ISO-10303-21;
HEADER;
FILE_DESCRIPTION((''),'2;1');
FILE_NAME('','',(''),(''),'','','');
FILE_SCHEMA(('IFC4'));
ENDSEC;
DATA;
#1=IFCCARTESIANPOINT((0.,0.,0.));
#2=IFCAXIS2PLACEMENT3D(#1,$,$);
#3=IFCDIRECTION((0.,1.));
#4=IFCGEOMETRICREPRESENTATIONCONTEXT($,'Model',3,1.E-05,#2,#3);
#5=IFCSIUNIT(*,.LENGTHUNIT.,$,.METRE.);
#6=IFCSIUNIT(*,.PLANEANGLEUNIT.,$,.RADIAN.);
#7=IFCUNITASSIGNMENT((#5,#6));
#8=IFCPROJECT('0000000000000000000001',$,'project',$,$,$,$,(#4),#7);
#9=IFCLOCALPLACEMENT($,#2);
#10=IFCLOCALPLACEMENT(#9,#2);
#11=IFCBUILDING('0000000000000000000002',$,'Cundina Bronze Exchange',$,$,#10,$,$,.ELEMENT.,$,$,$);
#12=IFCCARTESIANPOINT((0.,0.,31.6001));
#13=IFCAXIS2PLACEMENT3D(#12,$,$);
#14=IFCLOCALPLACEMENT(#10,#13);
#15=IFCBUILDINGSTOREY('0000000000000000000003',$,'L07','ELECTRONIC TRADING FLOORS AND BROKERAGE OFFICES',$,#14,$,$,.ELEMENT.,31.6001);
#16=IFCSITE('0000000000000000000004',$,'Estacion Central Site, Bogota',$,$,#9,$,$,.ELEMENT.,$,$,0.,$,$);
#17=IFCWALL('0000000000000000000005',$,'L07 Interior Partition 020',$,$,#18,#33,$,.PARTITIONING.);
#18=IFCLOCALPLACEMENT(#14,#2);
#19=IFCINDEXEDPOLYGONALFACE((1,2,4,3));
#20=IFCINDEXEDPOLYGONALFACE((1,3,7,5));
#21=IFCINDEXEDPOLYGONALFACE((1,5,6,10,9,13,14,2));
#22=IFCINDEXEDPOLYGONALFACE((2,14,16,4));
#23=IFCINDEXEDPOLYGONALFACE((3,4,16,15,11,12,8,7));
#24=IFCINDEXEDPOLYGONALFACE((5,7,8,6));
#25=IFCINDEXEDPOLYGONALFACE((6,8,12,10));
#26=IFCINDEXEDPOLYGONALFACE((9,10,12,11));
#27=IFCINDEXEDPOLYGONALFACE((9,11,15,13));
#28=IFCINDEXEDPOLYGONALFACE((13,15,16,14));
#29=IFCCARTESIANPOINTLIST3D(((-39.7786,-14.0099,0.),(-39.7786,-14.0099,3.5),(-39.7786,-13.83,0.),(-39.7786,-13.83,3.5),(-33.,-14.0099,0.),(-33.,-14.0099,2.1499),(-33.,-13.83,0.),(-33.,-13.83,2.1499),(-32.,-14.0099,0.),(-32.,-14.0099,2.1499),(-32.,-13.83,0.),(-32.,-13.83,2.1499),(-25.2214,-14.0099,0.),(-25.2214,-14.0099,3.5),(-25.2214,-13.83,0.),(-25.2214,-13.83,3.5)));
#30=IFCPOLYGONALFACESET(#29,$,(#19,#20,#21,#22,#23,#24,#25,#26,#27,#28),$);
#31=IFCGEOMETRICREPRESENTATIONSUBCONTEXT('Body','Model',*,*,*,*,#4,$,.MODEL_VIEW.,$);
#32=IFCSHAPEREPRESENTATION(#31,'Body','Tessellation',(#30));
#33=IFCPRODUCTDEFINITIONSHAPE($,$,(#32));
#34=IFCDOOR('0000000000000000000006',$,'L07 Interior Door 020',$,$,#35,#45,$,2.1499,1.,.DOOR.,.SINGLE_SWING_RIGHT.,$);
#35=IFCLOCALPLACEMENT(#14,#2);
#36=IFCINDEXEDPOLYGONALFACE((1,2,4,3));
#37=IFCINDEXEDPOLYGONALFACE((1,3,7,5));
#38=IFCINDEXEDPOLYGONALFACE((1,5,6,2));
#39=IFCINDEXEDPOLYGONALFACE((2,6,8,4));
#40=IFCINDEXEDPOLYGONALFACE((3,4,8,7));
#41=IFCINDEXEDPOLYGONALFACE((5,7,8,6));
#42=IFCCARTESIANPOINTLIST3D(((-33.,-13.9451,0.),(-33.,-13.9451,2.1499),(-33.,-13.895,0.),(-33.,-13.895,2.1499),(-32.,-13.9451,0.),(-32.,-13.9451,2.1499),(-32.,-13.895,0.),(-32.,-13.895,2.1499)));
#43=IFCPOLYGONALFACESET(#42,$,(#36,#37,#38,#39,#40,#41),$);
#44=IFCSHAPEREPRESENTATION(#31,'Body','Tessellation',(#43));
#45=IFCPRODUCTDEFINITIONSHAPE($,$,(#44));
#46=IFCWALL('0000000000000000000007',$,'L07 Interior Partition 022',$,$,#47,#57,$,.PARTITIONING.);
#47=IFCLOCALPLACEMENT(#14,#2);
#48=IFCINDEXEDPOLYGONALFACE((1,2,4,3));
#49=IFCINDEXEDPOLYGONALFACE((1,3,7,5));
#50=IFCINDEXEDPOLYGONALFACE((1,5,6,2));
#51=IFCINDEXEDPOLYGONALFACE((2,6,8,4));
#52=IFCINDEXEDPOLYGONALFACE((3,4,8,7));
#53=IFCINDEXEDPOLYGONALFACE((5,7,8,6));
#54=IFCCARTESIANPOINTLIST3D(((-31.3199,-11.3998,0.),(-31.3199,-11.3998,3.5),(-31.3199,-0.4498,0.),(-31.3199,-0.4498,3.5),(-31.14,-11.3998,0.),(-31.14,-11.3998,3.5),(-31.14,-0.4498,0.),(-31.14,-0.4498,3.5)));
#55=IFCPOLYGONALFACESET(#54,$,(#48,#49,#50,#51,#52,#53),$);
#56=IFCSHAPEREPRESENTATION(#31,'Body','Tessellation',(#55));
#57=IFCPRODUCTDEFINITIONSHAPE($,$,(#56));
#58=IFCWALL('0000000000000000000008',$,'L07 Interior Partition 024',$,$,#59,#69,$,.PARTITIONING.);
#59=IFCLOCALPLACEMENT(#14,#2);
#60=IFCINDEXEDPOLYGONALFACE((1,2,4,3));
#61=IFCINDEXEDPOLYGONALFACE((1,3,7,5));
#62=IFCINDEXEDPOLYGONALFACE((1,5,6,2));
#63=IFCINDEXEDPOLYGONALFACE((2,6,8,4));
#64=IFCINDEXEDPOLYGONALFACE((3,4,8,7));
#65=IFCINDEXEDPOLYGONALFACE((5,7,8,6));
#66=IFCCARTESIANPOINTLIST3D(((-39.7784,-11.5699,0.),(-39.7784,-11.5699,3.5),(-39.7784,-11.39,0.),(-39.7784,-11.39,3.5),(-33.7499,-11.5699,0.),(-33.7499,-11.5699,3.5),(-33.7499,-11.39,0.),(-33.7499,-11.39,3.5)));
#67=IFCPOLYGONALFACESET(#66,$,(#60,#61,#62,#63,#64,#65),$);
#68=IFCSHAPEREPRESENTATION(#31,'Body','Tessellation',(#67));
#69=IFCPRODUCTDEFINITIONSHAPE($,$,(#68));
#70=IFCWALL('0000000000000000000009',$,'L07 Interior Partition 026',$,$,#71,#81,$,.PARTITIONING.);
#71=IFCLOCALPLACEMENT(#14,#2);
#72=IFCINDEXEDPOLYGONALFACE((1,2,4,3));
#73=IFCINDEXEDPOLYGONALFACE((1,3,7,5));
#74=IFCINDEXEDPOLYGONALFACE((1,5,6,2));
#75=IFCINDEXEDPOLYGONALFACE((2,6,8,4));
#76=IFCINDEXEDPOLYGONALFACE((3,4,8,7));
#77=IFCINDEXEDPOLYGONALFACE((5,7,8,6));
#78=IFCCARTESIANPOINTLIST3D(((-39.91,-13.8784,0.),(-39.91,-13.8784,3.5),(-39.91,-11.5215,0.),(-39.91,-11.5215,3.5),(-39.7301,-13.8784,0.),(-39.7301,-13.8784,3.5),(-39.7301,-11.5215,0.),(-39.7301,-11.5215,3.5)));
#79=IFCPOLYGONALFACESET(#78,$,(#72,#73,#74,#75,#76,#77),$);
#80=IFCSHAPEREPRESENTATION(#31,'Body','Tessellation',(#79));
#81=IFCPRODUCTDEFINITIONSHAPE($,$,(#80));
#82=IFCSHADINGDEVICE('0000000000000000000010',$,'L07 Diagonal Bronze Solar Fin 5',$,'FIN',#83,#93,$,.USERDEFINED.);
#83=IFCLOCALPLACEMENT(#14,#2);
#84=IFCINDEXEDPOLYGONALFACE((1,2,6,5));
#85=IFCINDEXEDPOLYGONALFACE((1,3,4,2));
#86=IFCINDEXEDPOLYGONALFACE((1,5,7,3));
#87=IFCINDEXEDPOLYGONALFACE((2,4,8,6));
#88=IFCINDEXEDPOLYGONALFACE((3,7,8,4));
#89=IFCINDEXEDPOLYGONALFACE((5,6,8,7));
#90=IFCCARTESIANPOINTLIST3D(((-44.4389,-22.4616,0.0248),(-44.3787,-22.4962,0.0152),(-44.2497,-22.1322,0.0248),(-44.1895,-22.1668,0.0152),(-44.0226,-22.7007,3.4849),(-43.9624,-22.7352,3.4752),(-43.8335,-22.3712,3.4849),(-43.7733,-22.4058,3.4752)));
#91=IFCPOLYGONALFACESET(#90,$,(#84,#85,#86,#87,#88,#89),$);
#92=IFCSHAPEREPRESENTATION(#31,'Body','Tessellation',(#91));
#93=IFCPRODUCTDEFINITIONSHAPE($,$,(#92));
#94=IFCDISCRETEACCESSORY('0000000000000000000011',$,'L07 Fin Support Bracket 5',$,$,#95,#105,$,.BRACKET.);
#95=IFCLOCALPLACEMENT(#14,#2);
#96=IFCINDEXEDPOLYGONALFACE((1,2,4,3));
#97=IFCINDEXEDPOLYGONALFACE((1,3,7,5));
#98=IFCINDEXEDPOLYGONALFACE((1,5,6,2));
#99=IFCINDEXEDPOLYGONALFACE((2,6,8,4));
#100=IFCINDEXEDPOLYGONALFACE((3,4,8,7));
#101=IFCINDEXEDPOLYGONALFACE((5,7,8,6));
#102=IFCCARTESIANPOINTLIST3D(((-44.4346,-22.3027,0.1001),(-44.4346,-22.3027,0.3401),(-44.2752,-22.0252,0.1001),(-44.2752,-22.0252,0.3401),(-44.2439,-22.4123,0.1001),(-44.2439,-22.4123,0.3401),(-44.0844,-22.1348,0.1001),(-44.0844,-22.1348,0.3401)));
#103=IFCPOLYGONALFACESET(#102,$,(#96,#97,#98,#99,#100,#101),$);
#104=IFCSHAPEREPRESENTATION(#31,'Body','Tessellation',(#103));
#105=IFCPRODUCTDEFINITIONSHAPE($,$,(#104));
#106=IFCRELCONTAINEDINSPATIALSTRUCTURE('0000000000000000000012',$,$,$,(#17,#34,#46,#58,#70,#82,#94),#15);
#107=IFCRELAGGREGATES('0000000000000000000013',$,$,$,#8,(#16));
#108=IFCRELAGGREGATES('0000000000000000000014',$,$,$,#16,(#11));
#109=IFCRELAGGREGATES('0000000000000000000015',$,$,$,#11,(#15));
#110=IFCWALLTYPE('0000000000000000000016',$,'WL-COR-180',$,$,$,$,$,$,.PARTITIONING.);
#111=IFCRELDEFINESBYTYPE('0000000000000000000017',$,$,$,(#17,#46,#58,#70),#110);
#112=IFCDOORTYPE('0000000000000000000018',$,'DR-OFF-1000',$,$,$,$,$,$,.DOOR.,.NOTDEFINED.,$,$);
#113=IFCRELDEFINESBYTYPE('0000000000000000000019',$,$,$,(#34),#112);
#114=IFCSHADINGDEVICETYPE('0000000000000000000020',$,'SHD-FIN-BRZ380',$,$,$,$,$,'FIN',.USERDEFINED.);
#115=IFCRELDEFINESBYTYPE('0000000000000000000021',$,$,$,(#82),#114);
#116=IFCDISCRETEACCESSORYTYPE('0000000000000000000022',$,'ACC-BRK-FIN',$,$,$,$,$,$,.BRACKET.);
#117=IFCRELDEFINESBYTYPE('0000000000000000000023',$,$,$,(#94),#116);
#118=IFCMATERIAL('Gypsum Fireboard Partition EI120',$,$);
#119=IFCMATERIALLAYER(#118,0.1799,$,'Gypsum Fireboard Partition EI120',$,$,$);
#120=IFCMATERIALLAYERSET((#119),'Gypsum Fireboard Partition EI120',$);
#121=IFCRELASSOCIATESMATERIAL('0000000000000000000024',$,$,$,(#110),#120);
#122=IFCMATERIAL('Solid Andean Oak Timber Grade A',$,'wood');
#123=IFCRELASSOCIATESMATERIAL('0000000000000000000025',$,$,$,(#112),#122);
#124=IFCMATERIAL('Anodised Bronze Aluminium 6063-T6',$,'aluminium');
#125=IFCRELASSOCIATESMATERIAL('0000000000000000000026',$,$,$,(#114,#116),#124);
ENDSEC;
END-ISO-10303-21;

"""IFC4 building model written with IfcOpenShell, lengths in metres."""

from ifc_helpers import new_model, si_unit, direction, frame, frame_2d, origin, origin_2d, place, context, subcontext, project, spatial, rectangle, extrude, material, layer, layer_set, material_profile, profile_set, type_object, element, fill, save


model = new_model("IFC4")

# Units and contexts
model_context = context("Model", 3, precision=1e-05, world=origin(), true_north=direction((0.0, 1.0)))
body_context = subcontext(model_context, "Body", "Model", "MODEL_VIEW")
ifc_project = project(units=[si_unit("LENGTHUNIT", "METRE"), si_unit("PLANEANGLEUNIT", "RADIAN")], contexts=[model_context])

# Site, building, storey
site_placement = place(None, origin())
site = spatial("IfcSite", under=ifc_project, at=site_placement, Name="Estacion Central Site, Bogota", CompositionType="ELEMENT", RefElevation=0.0)
building_placement = place(site_placement, origin())
building = spatial("IfcBuilding", under=site, at=building_placement, Name="Cundina Bronze Exchange", CompositionType="ELEMENT")
storey_placement = place(building_placement, frame((0.0, 0.0, 31.6001)))
storey = spatial("IfcBuildingStorey", under=building, at=storey_placement, Name="L07", Description="ELECTRONIC TRADING FLOORS AND BROKERAGE OFFICES", CompositionType="ELEMENT", Elevation=31.6001)

# Shared definitions
ifc_material_1 = material(Name="Anodised Bronze Aluminium 6063-T6", Category="aluminium")

# Wall, opening, door
ifc_material_2 = material(Name="Gypsum Fireboard Partition EI120")
ifc_layer_1 = layer(ifc_material_2, 0.1799, Name="Gypsum Fireboard Partition EI120")
ifc_layer_set_1 = layer_set([ifc_layer_1], Name="Gypsum Fireboard Partition EI120")
wall_type = type_object("IfcWallType", Name="WL-COR-180", PredefinedType="PARTITIONING", material=ifc_layer_set_1)
wall_1_placement = place(storey_placement, frame((-39.7786, -13.9199, 0.0), z_axis=(0.0, 0.0, 1.0), x_axis=(1.0, 0.0, 0.0)))
wall_1 = element("IfcWall", 1, at=wall_1_placement, inside=storey, type_object=wall_type, Name="L07 Interior Partition 020", PredefinedType="PARTITIONING", context=body_context, shape_type="SweptSolid", body=[
    extrude(rectangle(XDim=14.5571, YDim=0.1799, at=frame_2d((7.2786, 0.0))), origin(), (0.0, 0.0, 1.0), 3.5),
])
opening_placement = place(wall_1_placement, frame((6.7786, 0.0, 0.0)))
opening = element("IfcOpeningElement", 2, at=opening_placement, cuts=wall_1, PredefinedType="OPENING", context=body_context, shape_type="SweptSolid", body=[
    extrude(rectangle(XDim=1.0, YDim=2.1499, at=frame_2d((0.5, 1.075))), frame((0.0, 0.0999, 0.0), z_axis=(0.0, -1.0, 0.0), x_axis=(1.0, 0.0, 0.0)), (0.0, 0.0, 1.0), 0.2),
])
ifc_material_3 = material(Name="Solid Andean Oak Timber Grade A", Category="wood")
door_type = type_object("IfcDoorType", Name="DR-OFF-1000", OperationType="NOTDEFINED", PredefinedType="DOOR", material=ifc_material_3)
door_placement = place(opening_placement, origin())
door = element("IfcDoor", 3, at=door_placement, inside=storey, type_object=door_type, Name="L07 Interior Door 020", OperationType="SINGLE_SWING_RIGHT", OverallHeight=2.1499, OverallWidth=1.0, PredefinedType="DOOR", context=body_context, shape_type="SweptSolid", body=[
    extrude(rectangle(XDim=1.0, YDim=2.1499, at=frame_2d((0.5, 1.075))), frame((0.0, 0.0249, 0.0), z_axis=(0.0, -1.0, 0.0), x_axis=(1.0, 0.0, 0.0)), (0.0, 0.0, 1.0), 0.05),
])
fill(opening, door)

# Walls
wall_2_placement = place(storey_placement, frame((-31.23, -11.3999, 0.0), z_axis=(0.0, 0.0, 1.0), x_axis=(0.0, 1.0, 0.0)))
element("IfcWall", 4, at=wall_2_placement, inside=storey, type_object=wall_type, Name="L07 Interior Partition 022", PredefinedType="PARTITIONING", context=body_context, shape_type="SweptSolid", body=[
    extrude(rectangle(XDim=10.95, YDim=0.1799, at=frame_2d((5.4751, 0.0))), origin(), (0.0, 0.0, 1.0), 3.5),
])
wall_3_placement = place(storey_placement, frame((-33.75, -11.48, 0.0), z_axis=(0.0, 0.0, 1.0), x_axis=(-1.0, 0.0, 0.0)))
element("IfcWall", 5, at=wall_3_placement, inside=storey, type_object=wall_type, Name="L07 Interior Partition 024", PredefinedType="PARTITIONING", context=body_context, shape_type="SweptSolid", body=[
    extrude(rectangle(XDim=6.0286, YDim=0.1799, at=frame_2d((3.0142, 0.0))), origin(), (0.0, 0.0, 1.0), 3.5),
])
wall_4_placement = place(storey_placement, frame((-39.8201, -11.5215, 0.0), z_axis=(0.0, 0.0, 1.0), x_axis=(0.0, -1.0, 0.0)))
element("IfcWall", 6, at=wall_4_placement, inside=storey, type_object=wall_type, Name="L07 Interior Partition 026", PredefinedType="PARTITIONING", context=body_context, shape_type="SweptSolid", body=[
    extrude(rectangle(XDim=2.3569, YDim=0.1799, at=frame_2d((1.1785, 0.0))), origin(), (0.0, 0.0, 1.0), 3.5),
])

# Shading device
ifc_material_profile_1 = material_profile(ifc_material_1, rectangle(XDim=0.0701, YDim=0.3799, at=origin_2d()), Name="FIN70X380", Category="aluminium")
ifc_profile_set_1 = profile_set([ifc_material_profile_1], Name="Anodised Bronze Aluminium 6063-T6")
shading_device_type = type_object("IfcShadingDeviceType", Name="SHD-FIN-BRZ380", ElementType="FIN", PredefinedType="USERDEFINED", material=ifc_profile_set_1)
shading_device_placement = place(storey_placement, frame((-44.3142, -22.3142, 0.02), z_axis=(0.119166, -0.068425, 0.990514), x_axis=(-0.858982, 0.493222, 0.137414)))
element("IfcShadingDevice", 7, at=shading_device_placement, inside=storey, type_object=shading_device_type, Name="L07 Diagonal Bronze Solar Fin 5", ObjectType="FIN", PredefinedType="USERDEFINED", context=body_context, shape_type="SweptSolid", body=[
    extrude(rectangle(XDim=0.0701, YDim=0.3799, at=origin_2d()), origin(), (0.0, 0.0, 1.0), 3.4932),
])

# Discrete accessory
discrete_accessory_type = type_object("IfcDiscreteAccessoryType", Name="ACC-BRK-FIN", PredefinedType="BRACKET", material=ifc_material_1)
discrete_accessory_placement = place(storey_placement, frame((-44.2595, -22.2188, 0.1001), z_axis=(0.0, 0.0, 1.0), x_axis=(0.867105, -0.498125, 0.0)))
element("IfcDiscreteAccessory", 8, at=discrete_accessory_placement, inside=storey, type_object=discrete_accessory_type, Name="L07 Fin Support Bracket 5", PredefinedType="BRACKET", context=body_context, shape_type="SweptSolid", body=[
    extrude(rectangle(XDim=0.22, YDim=0.3201, at=origin_2d()), origin(), (0.0, 0.0, 1.0), 0.24),
])

save(model, "model.ifc")
